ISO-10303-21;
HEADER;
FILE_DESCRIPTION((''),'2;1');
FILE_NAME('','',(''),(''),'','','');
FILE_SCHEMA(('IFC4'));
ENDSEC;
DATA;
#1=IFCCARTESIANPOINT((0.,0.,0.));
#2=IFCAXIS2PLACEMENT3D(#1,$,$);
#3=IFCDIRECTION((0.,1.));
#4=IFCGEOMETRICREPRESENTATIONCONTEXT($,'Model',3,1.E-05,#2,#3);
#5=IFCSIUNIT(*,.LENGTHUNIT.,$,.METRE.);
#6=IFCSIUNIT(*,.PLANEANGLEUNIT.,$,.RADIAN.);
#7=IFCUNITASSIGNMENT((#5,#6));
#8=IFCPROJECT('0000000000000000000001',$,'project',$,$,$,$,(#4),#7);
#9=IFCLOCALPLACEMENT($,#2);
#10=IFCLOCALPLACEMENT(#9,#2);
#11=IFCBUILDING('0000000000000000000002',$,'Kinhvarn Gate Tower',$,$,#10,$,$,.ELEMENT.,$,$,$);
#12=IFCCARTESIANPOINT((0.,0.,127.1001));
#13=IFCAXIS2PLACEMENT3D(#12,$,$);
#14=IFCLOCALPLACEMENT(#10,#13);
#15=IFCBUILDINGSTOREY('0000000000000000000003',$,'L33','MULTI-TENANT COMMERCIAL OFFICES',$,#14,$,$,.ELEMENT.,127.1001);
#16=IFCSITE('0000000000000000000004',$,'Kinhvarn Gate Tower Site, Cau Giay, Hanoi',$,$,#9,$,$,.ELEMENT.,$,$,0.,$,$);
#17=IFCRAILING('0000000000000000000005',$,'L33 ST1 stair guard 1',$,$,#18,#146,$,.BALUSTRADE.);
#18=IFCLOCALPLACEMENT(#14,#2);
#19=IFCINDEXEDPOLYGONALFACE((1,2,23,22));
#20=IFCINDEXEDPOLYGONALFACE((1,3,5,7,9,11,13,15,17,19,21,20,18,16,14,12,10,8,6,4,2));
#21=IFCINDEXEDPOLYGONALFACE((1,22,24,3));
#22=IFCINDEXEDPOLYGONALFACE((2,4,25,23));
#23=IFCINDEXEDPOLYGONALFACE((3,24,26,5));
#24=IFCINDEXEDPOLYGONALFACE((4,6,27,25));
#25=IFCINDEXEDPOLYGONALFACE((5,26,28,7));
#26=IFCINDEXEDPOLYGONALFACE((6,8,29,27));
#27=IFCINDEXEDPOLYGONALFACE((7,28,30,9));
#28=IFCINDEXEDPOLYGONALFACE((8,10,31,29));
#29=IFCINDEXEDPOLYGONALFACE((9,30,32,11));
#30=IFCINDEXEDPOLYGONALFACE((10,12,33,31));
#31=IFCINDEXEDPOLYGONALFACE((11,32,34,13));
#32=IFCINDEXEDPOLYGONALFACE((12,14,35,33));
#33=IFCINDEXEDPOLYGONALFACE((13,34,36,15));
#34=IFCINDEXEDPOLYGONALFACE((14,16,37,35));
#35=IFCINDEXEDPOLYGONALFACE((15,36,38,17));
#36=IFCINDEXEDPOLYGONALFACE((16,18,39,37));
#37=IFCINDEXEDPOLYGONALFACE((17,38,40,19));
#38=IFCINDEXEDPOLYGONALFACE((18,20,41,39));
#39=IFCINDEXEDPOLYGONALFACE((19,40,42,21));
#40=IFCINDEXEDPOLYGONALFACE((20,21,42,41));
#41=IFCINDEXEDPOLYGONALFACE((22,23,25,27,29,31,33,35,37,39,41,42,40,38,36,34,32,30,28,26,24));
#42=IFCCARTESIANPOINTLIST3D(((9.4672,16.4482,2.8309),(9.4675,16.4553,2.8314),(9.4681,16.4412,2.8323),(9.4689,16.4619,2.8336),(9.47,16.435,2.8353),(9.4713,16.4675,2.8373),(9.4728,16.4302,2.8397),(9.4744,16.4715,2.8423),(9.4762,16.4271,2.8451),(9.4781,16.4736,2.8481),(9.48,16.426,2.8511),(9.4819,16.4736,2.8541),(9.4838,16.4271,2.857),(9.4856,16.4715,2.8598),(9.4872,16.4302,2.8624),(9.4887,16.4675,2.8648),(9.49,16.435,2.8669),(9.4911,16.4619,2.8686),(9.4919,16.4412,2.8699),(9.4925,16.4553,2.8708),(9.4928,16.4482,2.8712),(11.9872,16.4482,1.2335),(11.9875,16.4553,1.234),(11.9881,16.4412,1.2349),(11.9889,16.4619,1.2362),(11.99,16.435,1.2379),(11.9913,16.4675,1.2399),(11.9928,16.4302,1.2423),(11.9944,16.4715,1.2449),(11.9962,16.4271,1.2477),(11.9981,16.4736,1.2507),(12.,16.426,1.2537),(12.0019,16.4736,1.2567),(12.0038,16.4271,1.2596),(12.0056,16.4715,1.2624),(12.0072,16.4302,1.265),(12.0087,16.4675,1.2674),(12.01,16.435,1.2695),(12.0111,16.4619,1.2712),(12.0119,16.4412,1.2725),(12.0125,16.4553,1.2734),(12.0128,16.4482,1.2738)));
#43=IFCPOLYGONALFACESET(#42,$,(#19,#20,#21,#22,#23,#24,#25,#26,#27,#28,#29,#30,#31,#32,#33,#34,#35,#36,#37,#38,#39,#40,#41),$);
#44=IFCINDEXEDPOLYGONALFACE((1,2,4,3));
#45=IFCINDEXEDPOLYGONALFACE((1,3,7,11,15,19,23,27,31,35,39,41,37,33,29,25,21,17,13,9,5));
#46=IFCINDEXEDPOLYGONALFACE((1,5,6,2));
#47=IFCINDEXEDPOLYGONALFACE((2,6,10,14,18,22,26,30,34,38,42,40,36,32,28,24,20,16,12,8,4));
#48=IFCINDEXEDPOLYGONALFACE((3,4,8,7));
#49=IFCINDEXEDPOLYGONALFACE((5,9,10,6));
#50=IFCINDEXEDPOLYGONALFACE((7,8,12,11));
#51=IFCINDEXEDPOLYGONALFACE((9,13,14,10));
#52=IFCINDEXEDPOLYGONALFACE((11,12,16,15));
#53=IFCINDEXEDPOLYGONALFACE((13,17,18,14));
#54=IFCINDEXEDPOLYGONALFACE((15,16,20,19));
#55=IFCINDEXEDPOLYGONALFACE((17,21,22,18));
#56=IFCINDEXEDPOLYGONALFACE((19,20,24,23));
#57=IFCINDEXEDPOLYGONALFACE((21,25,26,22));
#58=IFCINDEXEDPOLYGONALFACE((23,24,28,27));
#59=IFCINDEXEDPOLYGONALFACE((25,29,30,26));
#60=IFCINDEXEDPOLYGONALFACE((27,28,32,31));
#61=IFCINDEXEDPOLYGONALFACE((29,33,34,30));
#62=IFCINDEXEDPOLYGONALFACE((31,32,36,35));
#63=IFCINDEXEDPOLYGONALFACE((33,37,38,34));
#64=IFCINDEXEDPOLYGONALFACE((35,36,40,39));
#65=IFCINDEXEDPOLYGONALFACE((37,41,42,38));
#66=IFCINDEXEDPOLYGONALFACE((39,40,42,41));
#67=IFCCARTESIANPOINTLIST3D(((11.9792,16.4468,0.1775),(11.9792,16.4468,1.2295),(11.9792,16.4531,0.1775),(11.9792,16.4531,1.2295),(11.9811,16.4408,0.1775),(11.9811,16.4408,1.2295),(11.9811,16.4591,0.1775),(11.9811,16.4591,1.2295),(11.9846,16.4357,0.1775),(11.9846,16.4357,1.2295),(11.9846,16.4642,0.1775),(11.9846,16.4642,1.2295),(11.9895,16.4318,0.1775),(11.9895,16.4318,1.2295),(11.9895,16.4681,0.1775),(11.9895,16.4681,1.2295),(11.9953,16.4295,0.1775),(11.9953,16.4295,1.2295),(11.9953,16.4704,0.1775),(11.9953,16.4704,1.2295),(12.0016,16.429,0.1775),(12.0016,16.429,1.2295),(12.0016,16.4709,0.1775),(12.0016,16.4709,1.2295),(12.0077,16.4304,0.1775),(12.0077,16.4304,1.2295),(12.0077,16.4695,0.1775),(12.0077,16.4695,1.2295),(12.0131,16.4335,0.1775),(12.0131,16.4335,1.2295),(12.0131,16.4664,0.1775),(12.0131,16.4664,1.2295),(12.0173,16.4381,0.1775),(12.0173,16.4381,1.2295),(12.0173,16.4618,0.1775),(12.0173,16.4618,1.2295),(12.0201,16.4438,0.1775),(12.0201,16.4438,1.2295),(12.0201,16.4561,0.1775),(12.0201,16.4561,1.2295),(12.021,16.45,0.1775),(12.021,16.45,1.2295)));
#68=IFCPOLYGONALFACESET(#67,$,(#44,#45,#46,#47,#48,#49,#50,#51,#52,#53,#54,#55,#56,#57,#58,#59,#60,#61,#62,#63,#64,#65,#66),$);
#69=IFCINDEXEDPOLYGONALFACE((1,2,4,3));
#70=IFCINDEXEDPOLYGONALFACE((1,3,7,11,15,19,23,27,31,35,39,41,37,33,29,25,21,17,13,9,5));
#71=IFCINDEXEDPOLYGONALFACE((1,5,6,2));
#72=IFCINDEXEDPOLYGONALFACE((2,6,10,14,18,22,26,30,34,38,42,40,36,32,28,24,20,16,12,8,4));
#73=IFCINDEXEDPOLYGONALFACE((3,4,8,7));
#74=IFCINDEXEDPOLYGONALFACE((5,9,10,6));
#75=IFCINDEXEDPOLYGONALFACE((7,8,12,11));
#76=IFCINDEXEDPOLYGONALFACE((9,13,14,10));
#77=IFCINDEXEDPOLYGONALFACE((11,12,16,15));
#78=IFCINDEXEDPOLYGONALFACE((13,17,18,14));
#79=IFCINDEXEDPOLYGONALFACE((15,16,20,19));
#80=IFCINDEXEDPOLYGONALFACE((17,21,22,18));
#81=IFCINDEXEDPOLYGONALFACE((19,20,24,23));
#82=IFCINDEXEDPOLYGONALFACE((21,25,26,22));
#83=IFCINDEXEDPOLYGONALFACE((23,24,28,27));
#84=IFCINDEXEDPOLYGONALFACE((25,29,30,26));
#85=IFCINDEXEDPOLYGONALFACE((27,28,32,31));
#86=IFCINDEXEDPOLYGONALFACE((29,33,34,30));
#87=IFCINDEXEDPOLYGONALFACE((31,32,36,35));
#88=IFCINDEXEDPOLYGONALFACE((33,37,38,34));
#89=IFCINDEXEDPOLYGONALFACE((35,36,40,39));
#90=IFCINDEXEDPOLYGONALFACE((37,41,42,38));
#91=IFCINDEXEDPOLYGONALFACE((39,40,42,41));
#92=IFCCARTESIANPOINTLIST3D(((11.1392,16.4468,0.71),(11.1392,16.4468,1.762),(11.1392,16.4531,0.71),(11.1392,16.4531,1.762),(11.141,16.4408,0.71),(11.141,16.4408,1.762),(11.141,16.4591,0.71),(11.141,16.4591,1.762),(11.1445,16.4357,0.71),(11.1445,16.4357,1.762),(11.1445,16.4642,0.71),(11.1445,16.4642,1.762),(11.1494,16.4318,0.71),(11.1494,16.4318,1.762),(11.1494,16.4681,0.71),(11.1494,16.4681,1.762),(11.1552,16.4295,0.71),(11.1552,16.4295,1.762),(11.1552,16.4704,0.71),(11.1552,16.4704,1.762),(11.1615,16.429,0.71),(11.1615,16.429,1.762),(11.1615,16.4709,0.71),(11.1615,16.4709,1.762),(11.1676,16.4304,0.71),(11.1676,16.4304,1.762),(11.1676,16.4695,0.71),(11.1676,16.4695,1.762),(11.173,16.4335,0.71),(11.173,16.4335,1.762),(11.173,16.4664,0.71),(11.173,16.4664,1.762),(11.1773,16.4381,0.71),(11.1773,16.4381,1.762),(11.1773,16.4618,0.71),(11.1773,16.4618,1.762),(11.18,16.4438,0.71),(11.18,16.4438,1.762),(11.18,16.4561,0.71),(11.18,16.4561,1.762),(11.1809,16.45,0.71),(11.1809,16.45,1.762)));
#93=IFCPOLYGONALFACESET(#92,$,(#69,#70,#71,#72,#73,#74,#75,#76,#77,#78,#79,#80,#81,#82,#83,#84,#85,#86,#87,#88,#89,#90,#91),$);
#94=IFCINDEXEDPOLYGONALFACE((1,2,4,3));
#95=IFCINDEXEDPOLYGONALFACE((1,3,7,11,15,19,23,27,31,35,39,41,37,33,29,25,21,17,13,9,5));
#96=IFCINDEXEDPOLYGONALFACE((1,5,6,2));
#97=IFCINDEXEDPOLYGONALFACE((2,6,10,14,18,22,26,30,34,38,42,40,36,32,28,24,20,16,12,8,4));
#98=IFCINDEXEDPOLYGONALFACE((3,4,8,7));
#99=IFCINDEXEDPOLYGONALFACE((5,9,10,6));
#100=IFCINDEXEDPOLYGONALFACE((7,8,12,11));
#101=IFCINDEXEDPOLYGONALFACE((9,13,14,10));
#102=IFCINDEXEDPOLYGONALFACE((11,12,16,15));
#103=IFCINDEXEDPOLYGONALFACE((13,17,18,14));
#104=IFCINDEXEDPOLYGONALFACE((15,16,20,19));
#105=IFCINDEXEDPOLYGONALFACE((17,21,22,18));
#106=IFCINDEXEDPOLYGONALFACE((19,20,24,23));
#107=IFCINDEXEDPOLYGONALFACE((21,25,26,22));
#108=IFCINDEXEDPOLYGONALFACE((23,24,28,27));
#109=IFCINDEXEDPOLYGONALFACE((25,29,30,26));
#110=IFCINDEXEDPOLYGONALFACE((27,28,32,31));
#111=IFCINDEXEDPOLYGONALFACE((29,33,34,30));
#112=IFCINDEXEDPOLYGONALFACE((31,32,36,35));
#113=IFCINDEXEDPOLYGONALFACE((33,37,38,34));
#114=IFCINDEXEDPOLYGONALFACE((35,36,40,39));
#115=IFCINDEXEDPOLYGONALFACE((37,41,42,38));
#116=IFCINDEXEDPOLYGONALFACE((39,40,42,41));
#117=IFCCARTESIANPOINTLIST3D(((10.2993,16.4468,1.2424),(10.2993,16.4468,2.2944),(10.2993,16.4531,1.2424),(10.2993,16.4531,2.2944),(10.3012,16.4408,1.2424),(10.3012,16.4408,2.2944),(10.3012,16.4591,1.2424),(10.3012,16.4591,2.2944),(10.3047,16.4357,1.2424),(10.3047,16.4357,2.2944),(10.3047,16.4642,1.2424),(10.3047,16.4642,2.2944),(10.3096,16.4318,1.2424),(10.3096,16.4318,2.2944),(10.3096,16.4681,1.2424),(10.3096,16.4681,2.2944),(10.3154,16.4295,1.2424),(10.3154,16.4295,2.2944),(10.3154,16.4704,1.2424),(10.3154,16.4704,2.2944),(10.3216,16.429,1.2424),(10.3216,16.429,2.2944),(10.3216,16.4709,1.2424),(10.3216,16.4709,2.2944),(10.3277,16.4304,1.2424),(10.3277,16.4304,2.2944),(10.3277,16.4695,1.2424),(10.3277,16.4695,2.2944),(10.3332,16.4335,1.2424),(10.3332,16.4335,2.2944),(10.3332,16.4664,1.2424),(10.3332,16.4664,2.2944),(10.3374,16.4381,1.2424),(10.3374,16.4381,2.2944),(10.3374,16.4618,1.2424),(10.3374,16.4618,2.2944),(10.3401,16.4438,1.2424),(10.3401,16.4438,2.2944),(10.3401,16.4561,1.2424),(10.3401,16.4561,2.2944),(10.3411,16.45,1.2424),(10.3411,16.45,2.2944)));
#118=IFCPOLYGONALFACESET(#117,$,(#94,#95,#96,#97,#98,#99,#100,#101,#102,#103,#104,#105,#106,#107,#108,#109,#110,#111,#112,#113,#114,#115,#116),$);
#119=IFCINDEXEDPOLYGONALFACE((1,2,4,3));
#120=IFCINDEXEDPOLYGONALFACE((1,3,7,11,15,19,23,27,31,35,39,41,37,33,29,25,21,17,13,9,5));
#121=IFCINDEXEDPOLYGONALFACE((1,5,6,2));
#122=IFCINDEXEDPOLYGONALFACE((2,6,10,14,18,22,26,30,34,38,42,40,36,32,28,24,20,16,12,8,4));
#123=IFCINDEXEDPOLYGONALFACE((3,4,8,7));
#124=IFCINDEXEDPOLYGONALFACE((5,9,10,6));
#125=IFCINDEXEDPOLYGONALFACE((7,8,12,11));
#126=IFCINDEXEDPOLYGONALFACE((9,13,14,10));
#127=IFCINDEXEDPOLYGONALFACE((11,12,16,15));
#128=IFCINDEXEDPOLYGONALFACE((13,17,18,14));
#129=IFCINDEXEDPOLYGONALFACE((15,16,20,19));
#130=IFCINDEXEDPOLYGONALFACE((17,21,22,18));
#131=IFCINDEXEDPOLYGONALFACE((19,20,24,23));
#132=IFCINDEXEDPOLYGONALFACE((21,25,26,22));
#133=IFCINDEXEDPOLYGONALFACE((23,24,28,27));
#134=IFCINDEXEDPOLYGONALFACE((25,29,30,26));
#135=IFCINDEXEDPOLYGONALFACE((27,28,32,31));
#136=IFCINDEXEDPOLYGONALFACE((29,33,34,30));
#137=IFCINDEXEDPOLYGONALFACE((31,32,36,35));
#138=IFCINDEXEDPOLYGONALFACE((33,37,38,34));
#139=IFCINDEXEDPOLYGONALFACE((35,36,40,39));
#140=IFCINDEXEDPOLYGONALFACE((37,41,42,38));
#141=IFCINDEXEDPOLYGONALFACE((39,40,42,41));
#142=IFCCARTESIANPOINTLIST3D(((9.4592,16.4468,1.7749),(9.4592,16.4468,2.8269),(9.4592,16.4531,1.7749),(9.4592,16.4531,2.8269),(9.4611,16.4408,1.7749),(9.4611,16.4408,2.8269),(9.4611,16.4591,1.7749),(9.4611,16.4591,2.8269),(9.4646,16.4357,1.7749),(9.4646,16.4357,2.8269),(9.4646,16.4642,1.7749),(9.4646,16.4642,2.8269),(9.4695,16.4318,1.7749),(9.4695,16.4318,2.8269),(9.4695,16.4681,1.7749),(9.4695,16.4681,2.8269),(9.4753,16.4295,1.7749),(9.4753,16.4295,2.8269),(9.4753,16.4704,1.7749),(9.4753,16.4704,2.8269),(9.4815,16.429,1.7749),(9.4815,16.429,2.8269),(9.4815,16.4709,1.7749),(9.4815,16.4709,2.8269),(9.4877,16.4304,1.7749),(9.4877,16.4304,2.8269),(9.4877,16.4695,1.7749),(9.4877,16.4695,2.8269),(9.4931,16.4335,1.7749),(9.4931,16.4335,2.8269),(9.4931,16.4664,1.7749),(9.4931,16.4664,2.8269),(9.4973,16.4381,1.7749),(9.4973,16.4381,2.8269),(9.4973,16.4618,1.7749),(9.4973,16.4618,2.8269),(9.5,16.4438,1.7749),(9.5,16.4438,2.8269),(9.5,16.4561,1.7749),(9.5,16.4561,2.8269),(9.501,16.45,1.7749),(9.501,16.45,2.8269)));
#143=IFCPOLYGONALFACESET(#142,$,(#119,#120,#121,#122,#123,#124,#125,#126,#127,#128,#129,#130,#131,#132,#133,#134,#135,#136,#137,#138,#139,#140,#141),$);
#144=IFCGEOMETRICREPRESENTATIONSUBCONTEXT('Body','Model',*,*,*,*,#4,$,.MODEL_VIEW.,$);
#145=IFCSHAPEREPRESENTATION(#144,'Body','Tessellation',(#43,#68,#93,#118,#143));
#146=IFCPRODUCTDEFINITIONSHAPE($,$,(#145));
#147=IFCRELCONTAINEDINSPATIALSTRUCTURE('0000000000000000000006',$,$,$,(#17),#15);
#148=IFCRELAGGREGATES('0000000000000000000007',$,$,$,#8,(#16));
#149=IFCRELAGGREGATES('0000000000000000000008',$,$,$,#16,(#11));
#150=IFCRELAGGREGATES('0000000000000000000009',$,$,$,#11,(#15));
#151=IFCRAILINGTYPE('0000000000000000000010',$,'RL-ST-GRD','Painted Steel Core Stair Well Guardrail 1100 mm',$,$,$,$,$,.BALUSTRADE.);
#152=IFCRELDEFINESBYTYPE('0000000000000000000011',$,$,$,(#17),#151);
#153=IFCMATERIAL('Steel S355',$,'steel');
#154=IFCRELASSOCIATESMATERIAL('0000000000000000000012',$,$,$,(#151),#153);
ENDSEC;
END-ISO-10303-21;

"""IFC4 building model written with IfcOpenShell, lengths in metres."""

from ifc_helpers import new_model, si_unit, direction, frame, origin, origin_2d, place, context, subcontext, project, spatial, circle, extrude, material, type_object, element, save


model = new_model("IFC4")

# Units and contexts
model_context = context("Model", 3, precision=1e-05, world=origin(), true_north=direction((0.0, 1.0)))
body_context = subcontext(model_context, "Body", "Model", "MODEL_VIEW")
ifc_project = project(units=[si_unit("LENGTHUNIT", "METRE"), si_unit("PLANEANGLEUNIT", "RADIAN")], contexts=[model_context])

# Site, building, storey
site_placement = place(None, origin())
site = spatial("IfcSite", under=ifc_project, at=site_placement, Name="Kinhvarn Gate Tower Site, Cau Giay, Hanoi", CompositionType="ELEMENT", RefElevation=0.0)
building_placement = place(site_placement, origin())
building = spatial("IfcBuilding", under=site, at=building_placement, Name="Kinhvarn Gate Tower", CompositionType="ELEMENT")
storey_placement = place(building_placement, frame((0.0, 0.0, 127.1001)))
storey = spatial("IfcBuildingStorey", under=building, at=storey_placement, Name="L33", Description="MULTI-TENANT COMMERCIAL OFFICES", CompositionType="ELEMENT", Elevation=127.1001)

# Shared definitions
ifc_material_1 = material(Name="Steel S355", Category="steel")

# Railing
railing_type_1 = type_object("IfcRailingType", Name="RL-ST-GRD", Description="Painted Steel Core Stair Well Guardrail 1100 mm", PredefinedType="BALUSTRADE", material=ifc_material_1)
railing_1_placement = place(storey_placement, frame((12.0, 16.45, 0.1775)))
element("IfcRailing", 1, at=railing_1_placement, inside=storey, type_object=railing_type_1, Name="L33 ST1 stair guard 1", PredefinedType="BALUSTRADE", context=body_context, shape_type="SweptSolid", body=[
    extrude(circle(Radius=0.0239, at=origin_2d()), frame((0.0, 0.0, 1.0762), z_axis=(-0.844607, 0.0, 0.535387), x_axis=(0.0, -1.0, 0.0)), (0.0, 0.0, 1.0), 2.9836),
    extrude(circle(Radius=0.021, at=origin_2d()), origin(), (0.0, 0.0, 1.0), 1.052),
    extrude(circle(Radius=0.021, at=origin_2d()), frame((-0.8401, 0.0, 0.5325)), (0.0, 0.0, 1.0), 1.052),
    extrude(circle(Radius=0.021, at=origin_2d()), frame((-1.6799, 0.0, 1.0649)), (0.0, 0.0, 1.0), 1.052),
    extrude(circle(Radius=0.021, at=origin_2d()), frame((-2.52, 0.0, 1.5974)), (0.0, 0.0, 1.0), 1.052),
])

save(model, "model.ifc")
